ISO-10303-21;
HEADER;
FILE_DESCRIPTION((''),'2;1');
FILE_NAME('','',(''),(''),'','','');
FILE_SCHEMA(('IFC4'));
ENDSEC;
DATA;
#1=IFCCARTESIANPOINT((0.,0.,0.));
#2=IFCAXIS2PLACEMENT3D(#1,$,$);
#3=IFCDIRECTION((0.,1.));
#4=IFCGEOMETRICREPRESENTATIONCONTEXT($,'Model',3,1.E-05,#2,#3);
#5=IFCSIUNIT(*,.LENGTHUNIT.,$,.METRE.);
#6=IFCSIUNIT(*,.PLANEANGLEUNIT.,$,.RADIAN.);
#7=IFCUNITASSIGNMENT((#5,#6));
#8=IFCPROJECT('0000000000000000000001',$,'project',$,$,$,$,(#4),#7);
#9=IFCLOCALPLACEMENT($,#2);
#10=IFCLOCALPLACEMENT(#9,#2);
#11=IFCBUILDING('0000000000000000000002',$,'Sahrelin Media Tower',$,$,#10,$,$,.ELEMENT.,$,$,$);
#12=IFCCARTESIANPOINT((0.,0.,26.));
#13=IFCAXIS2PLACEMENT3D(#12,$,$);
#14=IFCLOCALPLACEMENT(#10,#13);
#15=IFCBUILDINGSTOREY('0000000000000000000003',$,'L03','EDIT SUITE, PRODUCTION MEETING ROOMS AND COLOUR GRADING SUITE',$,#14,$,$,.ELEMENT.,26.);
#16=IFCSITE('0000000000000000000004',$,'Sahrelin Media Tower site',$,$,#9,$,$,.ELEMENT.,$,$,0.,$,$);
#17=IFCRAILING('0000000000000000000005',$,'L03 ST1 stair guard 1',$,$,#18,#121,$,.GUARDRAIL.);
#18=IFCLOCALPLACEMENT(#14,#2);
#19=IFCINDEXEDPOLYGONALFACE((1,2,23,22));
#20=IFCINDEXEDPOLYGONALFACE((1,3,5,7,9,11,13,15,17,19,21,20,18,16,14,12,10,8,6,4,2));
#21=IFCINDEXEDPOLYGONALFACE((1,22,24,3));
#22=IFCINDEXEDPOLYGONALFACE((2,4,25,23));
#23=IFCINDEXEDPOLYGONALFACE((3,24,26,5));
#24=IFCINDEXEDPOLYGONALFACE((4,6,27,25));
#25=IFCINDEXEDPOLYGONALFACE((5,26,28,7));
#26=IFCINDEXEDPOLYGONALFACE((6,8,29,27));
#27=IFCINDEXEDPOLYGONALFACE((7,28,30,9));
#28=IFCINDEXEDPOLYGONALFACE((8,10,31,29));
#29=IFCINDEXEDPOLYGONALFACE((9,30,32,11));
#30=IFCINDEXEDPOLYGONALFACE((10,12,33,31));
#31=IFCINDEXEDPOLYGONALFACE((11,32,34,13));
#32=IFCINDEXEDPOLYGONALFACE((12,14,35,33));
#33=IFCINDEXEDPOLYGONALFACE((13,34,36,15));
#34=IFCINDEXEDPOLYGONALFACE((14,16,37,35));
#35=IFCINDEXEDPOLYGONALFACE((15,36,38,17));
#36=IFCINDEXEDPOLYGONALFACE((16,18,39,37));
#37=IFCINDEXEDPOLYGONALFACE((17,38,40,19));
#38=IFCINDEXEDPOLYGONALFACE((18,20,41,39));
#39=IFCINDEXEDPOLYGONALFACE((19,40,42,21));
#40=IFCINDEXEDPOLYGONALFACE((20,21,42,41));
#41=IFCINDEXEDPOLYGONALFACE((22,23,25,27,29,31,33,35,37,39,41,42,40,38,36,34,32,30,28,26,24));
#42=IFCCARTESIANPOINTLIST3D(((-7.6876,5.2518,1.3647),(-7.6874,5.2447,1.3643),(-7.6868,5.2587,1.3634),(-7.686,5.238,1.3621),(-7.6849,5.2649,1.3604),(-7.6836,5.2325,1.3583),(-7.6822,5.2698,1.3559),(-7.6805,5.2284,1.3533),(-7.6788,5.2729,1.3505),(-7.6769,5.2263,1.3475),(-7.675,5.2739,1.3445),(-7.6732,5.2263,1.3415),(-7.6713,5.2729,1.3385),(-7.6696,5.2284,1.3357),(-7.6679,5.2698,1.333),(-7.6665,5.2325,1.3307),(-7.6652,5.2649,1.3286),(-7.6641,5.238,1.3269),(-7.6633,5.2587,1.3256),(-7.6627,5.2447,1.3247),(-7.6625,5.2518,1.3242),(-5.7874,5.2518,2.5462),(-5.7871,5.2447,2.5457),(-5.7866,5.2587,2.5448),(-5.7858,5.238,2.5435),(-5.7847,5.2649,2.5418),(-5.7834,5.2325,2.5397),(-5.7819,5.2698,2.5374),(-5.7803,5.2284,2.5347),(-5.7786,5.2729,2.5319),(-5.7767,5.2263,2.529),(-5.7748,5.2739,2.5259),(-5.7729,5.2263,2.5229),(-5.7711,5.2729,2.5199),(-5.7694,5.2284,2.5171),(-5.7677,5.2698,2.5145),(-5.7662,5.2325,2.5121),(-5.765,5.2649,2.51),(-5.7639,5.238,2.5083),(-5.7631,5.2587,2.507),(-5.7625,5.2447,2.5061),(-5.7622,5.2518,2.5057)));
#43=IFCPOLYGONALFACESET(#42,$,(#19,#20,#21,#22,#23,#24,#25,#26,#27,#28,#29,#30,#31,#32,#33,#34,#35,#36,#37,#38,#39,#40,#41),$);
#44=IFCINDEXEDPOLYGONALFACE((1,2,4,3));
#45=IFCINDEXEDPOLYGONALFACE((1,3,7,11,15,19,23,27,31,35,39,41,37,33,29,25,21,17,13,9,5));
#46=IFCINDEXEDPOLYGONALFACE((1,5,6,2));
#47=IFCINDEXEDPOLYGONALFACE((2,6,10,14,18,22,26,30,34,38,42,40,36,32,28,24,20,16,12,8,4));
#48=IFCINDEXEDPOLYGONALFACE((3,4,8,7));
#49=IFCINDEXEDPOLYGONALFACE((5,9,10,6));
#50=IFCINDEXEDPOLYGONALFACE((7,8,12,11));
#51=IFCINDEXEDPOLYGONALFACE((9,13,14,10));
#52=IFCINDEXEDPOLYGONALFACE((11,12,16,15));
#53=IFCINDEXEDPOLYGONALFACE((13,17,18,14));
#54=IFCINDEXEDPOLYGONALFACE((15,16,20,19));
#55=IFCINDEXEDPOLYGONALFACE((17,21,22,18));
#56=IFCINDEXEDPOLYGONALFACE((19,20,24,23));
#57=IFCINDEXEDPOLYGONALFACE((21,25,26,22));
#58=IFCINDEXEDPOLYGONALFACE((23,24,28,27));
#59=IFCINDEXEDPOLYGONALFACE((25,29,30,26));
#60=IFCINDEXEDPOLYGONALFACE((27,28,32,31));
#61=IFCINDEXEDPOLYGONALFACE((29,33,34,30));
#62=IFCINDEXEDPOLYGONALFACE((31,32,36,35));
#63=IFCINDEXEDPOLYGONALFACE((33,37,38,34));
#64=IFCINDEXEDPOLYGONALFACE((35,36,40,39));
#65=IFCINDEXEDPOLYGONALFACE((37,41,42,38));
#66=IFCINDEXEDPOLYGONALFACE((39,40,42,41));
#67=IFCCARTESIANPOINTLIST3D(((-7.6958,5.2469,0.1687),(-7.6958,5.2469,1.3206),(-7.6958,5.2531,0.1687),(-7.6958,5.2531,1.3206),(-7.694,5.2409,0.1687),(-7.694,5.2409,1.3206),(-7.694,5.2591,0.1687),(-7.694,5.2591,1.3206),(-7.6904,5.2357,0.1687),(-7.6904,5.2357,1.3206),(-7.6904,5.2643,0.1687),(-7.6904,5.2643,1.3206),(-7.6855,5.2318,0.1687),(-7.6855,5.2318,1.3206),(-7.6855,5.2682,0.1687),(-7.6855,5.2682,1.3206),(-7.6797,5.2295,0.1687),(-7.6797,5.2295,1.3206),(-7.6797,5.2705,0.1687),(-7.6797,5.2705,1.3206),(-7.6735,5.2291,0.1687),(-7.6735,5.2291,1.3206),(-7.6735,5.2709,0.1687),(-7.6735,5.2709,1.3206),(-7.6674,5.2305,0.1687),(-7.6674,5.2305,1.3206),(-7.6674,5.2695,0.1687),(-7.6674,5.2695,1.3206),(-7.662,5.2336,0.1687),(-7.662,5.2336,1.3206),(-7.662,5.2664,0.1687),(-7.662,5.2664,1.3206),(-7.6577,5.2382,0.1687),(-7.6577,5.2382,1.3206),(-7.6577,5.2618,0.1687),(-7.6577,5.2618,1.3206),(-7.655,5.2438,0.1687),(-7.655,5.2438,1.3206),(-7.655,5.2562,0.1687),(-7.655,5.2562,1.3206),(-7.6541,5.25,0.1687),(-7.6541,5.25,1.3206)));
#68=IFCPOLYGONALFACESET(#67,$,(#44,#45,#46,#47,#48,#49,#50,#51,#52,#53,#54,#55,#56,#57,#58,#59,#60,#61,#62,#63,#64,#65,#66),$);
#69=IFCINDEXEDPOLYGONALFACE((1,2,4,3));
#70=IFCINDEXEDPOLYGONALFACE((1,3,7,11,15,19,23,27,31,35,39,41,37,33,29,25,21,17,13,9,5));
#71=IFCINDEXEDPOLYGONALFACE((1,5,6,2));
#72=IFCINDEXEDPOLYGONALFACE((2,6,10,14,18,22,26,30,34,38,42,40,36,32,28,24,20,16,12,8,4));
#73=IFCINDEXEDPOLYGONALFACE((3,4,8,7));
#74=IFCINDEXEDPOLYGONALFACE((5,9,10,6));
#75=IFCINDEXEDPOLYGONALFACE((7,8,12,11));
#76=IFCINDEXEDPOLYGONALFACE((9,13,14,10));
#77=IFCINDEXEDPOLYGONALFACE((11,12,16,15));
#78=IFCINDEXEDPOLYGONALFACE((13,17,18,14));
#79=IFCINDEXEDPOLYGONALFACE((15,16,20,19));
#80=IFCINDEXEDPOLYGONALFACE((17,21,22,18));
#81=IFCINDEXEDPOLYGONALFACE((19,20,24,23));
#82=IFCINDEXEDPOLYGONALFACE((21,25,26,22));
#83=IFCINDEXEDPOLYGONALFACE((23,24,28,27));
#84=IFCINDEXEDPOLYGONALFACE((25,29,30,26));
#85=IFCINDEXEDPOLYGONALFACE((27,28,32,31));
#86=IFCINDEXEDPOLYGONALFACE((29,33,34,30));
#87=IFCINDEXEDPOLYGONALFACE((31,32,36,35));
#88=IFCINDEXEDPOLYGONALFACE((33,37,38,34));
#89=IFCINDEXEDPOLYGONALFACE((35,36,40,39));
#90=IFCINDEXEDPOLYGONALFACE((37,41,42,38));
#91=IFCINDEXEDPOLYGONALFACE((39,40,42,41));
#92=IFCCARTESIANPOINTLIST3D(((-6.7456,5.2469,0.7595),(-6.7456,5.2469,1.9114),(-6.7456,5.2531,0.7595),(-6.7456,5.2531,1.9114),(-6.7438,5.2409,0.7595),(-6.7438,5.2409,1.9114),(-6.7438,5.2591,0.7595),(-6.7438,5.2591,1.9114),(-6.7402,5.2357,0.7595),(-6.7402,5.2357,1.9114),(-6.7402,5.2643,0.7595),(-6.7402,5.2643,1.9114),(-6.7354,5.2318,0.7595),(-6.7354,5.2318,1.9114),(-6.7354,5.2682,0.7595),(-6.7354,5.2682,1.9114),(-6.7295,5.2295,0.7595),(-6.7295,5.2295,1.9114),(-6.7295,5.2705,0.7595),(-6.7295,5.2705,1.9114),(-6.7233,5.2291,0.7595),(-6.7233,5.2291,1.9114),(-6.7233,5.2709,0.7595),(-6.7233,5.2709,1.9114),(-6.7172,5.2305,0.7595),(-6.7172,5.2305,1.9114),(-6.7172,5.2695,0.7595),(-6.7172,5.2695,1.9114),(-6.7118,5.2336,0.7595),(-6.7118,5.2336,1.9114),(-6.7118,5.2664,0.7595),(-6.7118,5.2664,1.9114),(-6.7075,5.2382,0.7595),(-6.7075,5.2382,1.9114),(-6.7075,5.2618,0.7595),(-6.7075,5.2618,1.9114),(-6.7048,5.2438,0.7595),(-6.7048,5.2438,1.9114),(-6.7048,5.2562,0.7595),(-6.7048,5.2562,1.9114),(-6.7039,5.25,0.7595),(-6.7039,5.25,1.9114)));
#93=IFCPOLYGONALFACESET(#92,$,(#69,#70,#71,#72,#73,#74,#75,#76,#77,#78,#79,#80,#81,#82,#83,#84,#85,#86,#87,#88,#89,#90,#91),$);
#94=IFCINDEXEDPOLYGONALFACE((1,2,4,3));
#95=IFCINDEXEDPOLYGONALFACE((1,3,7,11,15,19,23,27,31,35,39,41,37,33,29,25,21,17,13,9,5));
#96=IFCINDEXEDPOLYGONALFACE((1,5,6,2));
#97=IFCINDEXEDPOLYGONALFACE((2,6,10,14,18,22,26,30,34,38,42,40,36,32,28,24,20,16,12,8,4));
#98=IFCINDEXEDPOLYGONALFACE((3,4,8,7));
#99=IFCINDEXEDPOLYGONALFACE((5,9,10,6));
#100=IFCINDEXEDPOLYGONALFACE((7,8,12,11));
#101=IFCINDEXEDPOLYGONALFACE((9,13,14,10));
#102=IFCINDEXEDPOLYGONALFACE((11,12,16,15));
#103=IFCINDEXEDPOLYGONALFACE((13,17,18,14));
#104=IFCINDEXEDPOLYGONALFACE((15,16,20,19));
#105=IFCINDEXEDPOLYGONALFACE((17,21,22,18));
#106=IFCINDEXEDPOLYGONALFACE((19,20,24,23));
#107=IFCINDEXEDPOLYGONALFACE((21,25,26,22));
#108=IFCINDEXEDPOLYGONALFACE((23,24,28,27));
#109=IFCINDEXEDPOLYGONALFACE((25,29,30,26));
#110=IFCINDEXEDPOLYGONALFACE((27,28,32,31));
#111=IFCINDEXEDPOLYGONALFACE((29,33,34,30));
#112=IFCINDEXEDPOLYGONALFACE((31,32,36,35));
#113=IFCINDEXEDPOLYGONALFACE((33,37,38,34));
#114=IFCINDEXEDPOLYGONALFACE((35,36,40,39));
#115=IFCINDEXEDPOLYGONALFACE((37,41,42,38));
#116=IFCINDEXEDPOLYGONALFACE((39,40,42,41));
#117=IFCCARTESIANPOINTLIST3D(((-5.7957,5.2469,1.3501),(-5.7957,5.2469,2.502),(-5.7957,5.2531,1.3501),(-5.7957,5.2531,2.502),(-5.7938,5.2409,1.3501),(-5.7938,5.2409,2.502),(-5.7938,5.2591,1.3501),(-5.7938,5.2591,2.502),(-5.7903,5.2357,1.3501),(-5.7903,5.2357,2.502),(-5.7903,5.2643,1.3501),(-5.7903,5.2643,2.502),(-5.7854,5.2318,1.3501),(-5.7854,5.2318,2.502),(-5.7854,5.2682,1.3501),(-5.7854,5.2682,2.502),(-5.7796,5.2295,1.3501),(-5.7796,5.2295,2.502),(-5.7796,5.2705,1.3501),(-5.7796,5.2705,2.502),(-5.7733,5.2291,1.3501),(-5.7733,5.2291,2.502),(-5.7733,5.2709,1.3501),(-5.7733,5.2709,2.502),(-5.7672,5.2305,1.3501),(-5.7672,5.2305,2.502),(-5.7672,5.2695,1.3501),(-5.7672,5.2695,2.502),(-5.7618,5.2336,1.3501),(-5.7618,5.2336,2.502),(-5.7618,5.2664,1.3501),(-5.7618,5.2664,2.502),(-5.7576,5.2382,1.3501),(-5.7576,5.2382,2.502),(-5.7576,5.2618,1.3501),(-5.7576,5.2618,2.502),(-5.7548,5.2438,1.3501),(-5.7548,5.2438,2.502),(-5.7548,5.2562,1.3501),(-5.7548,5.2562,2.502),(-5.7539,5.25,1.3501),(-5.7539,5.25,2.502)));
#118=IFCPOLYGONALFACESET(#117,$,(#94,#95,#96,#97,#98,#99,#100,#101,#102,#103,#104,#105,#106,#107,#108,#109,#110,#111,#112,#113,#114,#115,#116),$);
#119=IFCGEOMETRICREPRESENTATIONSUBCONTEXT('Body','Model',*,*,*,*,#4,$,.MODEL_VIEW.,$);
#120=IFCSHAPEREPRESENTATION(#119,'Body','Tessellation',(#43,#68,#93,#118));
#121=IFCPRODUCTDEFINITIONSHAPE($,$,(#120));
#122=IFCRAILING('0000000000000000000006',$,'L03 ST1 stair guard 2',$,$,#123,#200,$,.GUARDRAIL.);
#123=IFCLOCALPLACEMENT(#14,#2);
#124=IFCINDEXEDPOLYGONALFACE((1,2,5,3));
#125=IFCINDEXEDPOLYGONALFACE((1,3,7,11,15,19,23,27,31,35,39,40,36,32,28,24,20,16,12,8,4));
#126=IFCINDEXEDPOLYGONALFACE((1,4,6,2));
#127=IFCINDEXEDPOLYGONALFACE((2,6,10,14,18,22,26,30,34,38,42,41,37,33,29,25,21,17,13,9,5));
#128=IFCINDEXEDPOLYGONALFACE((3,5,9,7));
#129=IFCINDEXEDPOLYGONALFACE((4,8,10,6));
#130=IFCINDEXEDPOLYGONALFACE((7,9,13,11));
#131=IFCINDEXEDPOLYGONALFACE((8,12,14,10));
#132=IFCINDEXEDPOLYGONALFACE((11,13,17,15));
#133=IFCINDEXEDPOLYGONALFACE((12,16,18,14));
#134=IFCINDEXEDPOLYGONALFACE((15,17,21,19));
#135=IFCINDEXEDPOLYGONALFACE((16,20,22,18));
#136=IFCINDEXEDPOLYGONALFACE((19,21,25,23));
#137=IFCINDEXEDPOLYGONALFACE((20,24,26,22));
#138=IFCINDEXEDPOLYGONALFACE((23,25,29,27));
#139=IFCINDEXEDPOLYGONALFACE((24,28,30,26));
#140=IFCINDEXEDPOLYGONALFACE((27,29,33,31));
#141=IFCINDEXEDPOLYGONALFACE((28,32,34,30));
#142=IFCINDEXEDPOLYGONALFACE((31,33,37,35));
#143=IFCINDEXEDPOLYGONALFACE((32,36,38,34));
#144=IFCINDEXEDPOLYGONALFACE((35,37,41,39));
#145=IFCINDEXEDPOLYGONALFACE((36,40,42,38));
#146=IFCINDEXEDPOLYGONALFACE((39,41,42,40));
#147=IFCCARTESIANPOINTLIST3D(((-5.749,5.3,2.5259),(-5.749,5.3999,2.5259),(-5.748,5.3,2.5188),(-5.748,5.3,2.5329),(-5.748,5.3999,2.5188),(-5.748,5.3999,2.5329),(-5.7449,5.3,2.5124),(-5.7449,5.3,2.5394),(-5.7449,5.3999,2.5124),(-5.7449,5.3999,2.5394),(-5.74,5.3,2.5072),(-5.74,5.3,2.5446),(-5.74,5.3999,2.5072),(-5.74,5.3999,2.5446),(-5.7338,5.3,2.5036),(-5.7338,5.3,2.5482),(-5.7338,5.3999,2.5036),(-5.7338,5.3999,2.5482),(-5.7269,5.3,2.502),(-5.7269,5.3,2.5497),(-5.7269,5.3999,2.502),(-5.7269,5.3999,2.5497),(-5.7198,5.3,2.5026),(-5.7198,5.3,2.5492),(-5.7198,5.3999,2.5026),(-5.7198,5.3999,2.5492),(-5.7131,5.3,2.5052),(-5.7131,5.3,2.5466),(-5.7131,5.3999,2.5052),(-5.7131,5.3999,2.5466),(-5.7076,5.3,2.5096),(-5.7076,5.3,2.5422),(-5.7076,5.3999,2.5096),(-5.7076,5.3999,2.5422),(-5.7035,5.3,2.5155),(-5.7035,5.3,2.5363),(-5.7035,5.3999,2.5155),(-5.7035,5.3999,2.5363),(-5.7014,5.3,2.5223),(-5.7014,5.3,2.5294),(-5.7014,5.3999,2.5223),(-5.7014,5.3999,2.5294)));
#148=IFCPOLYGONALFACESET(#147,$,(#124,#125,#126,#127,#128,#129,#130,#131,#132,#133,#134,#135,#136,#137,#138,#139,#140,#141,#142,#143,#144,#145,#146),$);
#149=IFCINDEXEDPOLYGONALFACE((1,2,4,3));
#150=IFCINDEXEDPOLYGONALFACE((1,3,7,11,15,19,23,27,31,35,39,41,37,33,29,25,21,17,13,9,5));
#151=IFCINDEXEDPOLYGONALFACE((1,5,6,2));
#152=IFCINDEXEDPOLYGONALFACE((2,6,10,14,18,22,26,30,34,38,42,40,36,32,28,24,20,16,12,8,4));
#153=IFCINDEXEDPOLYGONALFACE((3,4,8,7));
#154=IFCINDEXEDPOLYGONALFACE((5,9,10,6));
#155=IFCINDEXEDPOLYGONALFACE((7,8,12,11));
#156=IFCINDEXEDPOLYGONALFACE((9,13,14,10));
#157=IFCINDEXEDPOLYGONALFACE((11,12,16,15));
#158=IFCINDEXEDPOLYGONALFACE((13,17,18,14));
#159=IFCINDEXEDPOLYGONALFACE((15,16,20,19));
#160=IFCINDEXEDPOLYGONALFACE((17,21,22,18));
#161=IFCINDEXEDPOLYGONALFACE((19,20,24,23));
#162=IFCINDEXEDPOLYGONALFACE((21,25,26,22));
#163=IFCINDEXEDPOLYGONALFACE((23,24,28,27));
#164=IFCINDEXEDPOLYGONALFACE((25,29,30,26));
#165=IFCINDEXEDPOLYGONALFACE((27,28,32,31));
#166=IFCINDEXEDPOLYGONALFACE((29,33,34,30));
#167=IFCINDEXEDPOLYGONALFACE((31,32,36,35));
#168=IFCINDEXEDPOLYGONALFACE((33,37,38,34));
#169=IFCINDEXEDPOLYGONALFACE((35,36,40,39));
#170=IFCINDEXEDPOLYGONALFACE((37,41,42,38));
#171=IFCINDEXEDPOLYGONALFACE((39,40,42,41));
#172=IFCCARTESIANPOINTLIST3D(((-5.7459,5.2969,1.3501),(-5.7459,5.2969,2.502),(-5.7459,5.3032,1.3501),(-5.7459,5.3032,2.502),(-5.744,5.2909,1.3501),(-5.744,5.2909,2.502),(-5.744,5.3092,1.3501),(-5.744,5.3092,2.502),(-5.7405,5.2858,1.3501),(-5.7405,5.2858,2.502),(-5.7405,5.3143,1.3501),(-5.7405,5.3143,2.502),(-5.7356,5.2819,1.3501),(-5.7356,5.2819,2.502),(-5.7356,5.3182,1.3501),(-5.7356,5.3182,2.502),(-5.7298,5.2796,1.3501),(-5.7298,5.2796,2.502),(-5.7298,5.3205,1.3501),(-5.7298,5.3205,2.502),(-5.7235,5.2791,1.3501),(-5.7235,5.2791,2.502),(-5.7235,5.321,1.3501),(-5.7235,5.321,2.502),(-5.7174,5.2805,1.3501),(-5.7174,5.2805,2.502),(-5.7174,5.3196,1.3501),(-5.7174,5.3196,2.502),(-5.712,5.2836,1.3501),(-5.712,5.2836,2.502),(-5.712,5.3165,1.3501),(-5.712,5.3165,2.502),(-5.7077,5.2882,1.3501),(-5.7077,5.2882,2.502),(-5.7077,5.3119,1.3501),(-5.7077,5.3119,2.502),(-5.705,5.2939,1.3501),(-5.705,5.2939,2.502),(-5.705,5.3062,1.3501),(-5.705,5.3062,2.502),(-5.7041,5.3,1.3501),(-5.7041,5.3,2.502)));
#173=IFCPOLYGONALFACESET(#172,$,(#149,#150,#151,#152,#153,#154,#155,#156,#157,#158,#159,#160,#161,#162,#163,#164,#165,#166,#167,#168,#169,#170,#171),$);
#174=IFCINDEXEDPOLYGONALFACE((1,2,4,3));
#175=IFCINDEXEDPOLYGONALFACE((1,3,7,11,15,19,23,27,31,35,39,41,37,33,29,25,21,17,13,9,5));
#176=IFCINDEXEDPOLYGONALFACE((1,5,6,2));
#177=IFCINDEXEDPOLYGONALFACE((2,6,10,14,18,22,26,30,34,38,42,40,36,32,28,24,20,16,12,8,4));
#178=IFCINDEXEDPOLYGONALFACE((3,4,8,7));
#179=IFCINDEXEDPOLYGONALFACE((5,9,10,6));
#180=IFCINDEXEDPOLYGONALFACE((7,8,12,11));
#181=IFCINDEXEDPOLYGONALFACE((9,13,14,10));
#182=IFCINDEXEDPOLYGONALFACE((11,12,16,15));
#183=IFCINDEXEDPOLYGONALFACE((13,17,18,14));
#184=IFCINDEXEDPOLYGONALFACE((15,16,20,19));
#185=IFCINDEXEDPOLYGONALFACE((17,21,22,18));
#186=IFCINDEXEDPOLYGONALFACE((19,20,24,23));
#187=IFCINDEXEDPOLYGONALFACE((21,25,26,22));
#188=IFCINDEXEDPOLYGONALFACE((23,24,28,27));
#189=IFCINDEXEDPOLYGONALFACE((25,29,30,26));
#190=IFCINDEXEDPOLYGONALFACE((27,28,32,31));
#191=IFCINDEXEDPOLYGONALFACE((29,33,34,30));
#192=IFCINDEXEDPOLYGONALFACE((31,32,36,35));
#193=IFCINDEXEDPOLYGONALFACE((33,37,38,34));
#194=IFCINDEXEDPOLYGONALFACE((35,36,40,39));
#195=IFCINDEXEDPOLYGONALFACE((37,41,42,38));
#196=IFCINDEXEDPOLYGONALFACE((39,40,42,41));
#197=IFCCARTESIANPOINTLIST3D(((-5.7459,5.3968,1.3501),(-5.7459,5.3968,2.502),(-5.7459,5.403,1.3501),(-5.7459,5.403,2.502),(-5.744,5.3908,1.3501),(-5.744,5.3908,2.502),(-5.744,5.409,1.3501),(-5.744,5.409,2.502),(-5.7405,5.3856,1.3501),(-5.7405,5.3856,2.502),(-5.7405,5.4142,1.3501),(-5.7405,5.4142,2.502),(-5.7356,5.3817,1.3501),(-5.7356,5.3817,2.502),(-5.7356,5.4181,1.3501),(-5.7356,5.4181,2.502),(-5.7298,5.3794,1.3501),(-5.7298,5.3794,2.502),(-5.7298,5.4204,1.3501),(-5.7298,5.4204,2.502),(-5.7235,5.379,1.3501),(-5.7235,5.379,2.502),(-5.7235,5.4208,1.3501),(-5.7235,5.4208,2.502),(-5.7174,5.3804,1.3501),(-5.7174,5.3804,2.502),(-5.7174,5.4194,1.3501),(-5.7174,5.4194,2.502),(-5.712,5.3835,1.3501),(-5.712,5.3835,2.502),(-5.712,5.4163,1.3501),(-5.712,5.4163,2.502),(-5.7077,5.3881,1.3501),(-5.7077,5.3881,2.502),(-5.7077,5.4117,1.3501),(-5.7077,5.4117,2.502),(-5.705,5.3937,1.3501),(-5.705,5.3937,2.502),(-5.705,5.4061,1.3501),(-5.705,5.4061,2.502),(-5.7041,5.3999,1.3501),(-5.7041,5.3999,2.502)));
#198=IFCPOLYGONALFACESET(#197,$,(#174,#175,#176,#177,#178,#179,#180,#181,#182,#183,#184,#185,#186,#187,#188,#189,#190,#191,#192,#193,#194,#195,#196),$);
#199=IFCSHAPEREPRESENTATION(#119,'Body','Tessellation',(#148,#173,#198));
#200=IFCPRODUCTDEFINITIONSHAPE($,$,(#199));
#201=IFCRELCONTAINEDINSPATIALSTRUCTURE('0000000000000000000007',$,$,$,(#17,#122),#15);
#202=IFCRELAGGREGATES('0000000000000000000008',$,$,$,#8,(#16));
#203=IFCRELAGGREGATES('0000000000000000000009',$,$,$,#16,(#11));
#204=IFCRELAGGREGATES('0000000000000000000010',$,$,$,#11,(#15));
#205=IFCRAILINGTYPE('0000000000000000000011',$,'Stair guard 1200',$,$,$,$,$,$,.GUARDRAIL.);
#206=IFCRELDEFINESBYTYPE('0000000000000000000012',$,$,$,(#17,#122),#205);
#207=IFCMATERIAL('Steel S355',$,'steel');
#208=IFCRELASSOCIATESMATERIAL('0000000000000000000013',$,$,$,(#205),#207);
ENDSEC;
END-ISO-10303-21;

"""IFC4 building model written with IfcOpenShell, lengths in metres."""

from ifc_helpers import new_model, si_unit, direction, frame, origin, origin_2d, place, context, subcontext, project, spatial, circle, extrude, material, type_object, element, save


model = new_model("IFC4")

# Units and contexts
model_context = context("Model", 3, precision=1e-05, world=origin(), true_north=direction((0.0, 1.0)))
body_context = subcontext(model_context, "Body", "Model", "MODEL_VIEW")
ifc_project = project(units=[si_unit("LENGTHUNIT", "METRE"), si_unit("PLANEANGLEUNIT", "RADIAN")], contexts=[model_context])

# Site, building, storey
site_placement = place(None, origin())
site = spatial("IfcSite", under=ifc_project, at=site_placement, Name="Sahrelin Media Tower site", CompositionType="ELEMENT", RefElevation=0.0)
building_placement = place(site_placement, origin())
building = spatial("IfcBuilding", under=site, at=building_placement, Name="Sahrelin Media Tower", CompositionType="ELEMENT")
storey_placement = place(building_placement, frame((0.0, 0.0, 26.0)))
storey = spatial("IfcBuildingStorey", under=building, at=storey_placement, Name="L03", Description="EDIT SUITE, PRODUCTION MEETING ROOMS AND COLOUR GRADING SUITE", CompositionType="ELEMENT", Elevation=26.0)

# Shared definitions
ifc_material_1 = material(Name="Steel S355", Category="steel")

# Railings
railing_type_1 = type_object("IfcRailingType", Name="Stair guard 1200", PredefinedType="GUARDRAIL", material=ifc_material_1)
railing_1_placement = place(storey_placement, frame((-7.675, 5.25, 0.1687)))
element("IfcRailing", 1, at=railing_1_placement, inside=storey, type_object=railing_type_1, Name="L03 ST1 stair guard 1", PredefinedType="GUARDRAIL", context=body_context, shape_type="SweptSolid", body=[
    extrude(circle(Radius=0.0239, at=origin_2d()), frame((0.0, 0.0, 1.1758), z_axis=(0.84924, 0.0, 0.528006), x_axis=(0.0, 1.0, 0.0)), (0.0, 0.0, 1.0), 2.2375),
    extrude(circle(Radius=0.021, at=origin_2d()), origin(), (0.0, 0.0, 1.0), 1.1519),
    extrude(circle(Radius=0.021, at=origin_2d()), frame((0.9502, 0.0, 0.5908)), (0.0, 0.0, 1.0), 1.1519),
    extrude(circle(Radius=0.021, at=origin_2d()), frame((1.9001, 0.0, 1.1814)), (0.0, 0.0, 1.0), 1.1519),
])
railing_2_placement = place(storey_placement, frame((-5.7251, 5.3, 1.3501)))
element("IfcRailing", 2, at=railing_2_placement, inside=storey, type_object=railing_type_1, Name="L03 ST1 stair guard 2", PredefinedType="GUARDRAIL", context=body_context, shape_type="SweptSolid", body=[
    extrude(circle(Radius=0.0239, at=origin_2d()), frame((0.0, 0.0, 1.1758), z_axis=(0.0, 1.0, 0.0), x_axis=(-1.0, 0.0, 0.0)), (0.0, 0.0, 1.0), 0.0999),
    extrude(circle(Radius=0.021, at=origin_2d()), origin(), (0.0, 0.0, 1.0), 1.1519),
    extrude(circle(Radius=0.021, at=origin_2d()), frame((0.0, 0.0999, 0.0)), (0.0, 0.0, 1.0), 1.1519),
])

save(model, "model.ifc")
